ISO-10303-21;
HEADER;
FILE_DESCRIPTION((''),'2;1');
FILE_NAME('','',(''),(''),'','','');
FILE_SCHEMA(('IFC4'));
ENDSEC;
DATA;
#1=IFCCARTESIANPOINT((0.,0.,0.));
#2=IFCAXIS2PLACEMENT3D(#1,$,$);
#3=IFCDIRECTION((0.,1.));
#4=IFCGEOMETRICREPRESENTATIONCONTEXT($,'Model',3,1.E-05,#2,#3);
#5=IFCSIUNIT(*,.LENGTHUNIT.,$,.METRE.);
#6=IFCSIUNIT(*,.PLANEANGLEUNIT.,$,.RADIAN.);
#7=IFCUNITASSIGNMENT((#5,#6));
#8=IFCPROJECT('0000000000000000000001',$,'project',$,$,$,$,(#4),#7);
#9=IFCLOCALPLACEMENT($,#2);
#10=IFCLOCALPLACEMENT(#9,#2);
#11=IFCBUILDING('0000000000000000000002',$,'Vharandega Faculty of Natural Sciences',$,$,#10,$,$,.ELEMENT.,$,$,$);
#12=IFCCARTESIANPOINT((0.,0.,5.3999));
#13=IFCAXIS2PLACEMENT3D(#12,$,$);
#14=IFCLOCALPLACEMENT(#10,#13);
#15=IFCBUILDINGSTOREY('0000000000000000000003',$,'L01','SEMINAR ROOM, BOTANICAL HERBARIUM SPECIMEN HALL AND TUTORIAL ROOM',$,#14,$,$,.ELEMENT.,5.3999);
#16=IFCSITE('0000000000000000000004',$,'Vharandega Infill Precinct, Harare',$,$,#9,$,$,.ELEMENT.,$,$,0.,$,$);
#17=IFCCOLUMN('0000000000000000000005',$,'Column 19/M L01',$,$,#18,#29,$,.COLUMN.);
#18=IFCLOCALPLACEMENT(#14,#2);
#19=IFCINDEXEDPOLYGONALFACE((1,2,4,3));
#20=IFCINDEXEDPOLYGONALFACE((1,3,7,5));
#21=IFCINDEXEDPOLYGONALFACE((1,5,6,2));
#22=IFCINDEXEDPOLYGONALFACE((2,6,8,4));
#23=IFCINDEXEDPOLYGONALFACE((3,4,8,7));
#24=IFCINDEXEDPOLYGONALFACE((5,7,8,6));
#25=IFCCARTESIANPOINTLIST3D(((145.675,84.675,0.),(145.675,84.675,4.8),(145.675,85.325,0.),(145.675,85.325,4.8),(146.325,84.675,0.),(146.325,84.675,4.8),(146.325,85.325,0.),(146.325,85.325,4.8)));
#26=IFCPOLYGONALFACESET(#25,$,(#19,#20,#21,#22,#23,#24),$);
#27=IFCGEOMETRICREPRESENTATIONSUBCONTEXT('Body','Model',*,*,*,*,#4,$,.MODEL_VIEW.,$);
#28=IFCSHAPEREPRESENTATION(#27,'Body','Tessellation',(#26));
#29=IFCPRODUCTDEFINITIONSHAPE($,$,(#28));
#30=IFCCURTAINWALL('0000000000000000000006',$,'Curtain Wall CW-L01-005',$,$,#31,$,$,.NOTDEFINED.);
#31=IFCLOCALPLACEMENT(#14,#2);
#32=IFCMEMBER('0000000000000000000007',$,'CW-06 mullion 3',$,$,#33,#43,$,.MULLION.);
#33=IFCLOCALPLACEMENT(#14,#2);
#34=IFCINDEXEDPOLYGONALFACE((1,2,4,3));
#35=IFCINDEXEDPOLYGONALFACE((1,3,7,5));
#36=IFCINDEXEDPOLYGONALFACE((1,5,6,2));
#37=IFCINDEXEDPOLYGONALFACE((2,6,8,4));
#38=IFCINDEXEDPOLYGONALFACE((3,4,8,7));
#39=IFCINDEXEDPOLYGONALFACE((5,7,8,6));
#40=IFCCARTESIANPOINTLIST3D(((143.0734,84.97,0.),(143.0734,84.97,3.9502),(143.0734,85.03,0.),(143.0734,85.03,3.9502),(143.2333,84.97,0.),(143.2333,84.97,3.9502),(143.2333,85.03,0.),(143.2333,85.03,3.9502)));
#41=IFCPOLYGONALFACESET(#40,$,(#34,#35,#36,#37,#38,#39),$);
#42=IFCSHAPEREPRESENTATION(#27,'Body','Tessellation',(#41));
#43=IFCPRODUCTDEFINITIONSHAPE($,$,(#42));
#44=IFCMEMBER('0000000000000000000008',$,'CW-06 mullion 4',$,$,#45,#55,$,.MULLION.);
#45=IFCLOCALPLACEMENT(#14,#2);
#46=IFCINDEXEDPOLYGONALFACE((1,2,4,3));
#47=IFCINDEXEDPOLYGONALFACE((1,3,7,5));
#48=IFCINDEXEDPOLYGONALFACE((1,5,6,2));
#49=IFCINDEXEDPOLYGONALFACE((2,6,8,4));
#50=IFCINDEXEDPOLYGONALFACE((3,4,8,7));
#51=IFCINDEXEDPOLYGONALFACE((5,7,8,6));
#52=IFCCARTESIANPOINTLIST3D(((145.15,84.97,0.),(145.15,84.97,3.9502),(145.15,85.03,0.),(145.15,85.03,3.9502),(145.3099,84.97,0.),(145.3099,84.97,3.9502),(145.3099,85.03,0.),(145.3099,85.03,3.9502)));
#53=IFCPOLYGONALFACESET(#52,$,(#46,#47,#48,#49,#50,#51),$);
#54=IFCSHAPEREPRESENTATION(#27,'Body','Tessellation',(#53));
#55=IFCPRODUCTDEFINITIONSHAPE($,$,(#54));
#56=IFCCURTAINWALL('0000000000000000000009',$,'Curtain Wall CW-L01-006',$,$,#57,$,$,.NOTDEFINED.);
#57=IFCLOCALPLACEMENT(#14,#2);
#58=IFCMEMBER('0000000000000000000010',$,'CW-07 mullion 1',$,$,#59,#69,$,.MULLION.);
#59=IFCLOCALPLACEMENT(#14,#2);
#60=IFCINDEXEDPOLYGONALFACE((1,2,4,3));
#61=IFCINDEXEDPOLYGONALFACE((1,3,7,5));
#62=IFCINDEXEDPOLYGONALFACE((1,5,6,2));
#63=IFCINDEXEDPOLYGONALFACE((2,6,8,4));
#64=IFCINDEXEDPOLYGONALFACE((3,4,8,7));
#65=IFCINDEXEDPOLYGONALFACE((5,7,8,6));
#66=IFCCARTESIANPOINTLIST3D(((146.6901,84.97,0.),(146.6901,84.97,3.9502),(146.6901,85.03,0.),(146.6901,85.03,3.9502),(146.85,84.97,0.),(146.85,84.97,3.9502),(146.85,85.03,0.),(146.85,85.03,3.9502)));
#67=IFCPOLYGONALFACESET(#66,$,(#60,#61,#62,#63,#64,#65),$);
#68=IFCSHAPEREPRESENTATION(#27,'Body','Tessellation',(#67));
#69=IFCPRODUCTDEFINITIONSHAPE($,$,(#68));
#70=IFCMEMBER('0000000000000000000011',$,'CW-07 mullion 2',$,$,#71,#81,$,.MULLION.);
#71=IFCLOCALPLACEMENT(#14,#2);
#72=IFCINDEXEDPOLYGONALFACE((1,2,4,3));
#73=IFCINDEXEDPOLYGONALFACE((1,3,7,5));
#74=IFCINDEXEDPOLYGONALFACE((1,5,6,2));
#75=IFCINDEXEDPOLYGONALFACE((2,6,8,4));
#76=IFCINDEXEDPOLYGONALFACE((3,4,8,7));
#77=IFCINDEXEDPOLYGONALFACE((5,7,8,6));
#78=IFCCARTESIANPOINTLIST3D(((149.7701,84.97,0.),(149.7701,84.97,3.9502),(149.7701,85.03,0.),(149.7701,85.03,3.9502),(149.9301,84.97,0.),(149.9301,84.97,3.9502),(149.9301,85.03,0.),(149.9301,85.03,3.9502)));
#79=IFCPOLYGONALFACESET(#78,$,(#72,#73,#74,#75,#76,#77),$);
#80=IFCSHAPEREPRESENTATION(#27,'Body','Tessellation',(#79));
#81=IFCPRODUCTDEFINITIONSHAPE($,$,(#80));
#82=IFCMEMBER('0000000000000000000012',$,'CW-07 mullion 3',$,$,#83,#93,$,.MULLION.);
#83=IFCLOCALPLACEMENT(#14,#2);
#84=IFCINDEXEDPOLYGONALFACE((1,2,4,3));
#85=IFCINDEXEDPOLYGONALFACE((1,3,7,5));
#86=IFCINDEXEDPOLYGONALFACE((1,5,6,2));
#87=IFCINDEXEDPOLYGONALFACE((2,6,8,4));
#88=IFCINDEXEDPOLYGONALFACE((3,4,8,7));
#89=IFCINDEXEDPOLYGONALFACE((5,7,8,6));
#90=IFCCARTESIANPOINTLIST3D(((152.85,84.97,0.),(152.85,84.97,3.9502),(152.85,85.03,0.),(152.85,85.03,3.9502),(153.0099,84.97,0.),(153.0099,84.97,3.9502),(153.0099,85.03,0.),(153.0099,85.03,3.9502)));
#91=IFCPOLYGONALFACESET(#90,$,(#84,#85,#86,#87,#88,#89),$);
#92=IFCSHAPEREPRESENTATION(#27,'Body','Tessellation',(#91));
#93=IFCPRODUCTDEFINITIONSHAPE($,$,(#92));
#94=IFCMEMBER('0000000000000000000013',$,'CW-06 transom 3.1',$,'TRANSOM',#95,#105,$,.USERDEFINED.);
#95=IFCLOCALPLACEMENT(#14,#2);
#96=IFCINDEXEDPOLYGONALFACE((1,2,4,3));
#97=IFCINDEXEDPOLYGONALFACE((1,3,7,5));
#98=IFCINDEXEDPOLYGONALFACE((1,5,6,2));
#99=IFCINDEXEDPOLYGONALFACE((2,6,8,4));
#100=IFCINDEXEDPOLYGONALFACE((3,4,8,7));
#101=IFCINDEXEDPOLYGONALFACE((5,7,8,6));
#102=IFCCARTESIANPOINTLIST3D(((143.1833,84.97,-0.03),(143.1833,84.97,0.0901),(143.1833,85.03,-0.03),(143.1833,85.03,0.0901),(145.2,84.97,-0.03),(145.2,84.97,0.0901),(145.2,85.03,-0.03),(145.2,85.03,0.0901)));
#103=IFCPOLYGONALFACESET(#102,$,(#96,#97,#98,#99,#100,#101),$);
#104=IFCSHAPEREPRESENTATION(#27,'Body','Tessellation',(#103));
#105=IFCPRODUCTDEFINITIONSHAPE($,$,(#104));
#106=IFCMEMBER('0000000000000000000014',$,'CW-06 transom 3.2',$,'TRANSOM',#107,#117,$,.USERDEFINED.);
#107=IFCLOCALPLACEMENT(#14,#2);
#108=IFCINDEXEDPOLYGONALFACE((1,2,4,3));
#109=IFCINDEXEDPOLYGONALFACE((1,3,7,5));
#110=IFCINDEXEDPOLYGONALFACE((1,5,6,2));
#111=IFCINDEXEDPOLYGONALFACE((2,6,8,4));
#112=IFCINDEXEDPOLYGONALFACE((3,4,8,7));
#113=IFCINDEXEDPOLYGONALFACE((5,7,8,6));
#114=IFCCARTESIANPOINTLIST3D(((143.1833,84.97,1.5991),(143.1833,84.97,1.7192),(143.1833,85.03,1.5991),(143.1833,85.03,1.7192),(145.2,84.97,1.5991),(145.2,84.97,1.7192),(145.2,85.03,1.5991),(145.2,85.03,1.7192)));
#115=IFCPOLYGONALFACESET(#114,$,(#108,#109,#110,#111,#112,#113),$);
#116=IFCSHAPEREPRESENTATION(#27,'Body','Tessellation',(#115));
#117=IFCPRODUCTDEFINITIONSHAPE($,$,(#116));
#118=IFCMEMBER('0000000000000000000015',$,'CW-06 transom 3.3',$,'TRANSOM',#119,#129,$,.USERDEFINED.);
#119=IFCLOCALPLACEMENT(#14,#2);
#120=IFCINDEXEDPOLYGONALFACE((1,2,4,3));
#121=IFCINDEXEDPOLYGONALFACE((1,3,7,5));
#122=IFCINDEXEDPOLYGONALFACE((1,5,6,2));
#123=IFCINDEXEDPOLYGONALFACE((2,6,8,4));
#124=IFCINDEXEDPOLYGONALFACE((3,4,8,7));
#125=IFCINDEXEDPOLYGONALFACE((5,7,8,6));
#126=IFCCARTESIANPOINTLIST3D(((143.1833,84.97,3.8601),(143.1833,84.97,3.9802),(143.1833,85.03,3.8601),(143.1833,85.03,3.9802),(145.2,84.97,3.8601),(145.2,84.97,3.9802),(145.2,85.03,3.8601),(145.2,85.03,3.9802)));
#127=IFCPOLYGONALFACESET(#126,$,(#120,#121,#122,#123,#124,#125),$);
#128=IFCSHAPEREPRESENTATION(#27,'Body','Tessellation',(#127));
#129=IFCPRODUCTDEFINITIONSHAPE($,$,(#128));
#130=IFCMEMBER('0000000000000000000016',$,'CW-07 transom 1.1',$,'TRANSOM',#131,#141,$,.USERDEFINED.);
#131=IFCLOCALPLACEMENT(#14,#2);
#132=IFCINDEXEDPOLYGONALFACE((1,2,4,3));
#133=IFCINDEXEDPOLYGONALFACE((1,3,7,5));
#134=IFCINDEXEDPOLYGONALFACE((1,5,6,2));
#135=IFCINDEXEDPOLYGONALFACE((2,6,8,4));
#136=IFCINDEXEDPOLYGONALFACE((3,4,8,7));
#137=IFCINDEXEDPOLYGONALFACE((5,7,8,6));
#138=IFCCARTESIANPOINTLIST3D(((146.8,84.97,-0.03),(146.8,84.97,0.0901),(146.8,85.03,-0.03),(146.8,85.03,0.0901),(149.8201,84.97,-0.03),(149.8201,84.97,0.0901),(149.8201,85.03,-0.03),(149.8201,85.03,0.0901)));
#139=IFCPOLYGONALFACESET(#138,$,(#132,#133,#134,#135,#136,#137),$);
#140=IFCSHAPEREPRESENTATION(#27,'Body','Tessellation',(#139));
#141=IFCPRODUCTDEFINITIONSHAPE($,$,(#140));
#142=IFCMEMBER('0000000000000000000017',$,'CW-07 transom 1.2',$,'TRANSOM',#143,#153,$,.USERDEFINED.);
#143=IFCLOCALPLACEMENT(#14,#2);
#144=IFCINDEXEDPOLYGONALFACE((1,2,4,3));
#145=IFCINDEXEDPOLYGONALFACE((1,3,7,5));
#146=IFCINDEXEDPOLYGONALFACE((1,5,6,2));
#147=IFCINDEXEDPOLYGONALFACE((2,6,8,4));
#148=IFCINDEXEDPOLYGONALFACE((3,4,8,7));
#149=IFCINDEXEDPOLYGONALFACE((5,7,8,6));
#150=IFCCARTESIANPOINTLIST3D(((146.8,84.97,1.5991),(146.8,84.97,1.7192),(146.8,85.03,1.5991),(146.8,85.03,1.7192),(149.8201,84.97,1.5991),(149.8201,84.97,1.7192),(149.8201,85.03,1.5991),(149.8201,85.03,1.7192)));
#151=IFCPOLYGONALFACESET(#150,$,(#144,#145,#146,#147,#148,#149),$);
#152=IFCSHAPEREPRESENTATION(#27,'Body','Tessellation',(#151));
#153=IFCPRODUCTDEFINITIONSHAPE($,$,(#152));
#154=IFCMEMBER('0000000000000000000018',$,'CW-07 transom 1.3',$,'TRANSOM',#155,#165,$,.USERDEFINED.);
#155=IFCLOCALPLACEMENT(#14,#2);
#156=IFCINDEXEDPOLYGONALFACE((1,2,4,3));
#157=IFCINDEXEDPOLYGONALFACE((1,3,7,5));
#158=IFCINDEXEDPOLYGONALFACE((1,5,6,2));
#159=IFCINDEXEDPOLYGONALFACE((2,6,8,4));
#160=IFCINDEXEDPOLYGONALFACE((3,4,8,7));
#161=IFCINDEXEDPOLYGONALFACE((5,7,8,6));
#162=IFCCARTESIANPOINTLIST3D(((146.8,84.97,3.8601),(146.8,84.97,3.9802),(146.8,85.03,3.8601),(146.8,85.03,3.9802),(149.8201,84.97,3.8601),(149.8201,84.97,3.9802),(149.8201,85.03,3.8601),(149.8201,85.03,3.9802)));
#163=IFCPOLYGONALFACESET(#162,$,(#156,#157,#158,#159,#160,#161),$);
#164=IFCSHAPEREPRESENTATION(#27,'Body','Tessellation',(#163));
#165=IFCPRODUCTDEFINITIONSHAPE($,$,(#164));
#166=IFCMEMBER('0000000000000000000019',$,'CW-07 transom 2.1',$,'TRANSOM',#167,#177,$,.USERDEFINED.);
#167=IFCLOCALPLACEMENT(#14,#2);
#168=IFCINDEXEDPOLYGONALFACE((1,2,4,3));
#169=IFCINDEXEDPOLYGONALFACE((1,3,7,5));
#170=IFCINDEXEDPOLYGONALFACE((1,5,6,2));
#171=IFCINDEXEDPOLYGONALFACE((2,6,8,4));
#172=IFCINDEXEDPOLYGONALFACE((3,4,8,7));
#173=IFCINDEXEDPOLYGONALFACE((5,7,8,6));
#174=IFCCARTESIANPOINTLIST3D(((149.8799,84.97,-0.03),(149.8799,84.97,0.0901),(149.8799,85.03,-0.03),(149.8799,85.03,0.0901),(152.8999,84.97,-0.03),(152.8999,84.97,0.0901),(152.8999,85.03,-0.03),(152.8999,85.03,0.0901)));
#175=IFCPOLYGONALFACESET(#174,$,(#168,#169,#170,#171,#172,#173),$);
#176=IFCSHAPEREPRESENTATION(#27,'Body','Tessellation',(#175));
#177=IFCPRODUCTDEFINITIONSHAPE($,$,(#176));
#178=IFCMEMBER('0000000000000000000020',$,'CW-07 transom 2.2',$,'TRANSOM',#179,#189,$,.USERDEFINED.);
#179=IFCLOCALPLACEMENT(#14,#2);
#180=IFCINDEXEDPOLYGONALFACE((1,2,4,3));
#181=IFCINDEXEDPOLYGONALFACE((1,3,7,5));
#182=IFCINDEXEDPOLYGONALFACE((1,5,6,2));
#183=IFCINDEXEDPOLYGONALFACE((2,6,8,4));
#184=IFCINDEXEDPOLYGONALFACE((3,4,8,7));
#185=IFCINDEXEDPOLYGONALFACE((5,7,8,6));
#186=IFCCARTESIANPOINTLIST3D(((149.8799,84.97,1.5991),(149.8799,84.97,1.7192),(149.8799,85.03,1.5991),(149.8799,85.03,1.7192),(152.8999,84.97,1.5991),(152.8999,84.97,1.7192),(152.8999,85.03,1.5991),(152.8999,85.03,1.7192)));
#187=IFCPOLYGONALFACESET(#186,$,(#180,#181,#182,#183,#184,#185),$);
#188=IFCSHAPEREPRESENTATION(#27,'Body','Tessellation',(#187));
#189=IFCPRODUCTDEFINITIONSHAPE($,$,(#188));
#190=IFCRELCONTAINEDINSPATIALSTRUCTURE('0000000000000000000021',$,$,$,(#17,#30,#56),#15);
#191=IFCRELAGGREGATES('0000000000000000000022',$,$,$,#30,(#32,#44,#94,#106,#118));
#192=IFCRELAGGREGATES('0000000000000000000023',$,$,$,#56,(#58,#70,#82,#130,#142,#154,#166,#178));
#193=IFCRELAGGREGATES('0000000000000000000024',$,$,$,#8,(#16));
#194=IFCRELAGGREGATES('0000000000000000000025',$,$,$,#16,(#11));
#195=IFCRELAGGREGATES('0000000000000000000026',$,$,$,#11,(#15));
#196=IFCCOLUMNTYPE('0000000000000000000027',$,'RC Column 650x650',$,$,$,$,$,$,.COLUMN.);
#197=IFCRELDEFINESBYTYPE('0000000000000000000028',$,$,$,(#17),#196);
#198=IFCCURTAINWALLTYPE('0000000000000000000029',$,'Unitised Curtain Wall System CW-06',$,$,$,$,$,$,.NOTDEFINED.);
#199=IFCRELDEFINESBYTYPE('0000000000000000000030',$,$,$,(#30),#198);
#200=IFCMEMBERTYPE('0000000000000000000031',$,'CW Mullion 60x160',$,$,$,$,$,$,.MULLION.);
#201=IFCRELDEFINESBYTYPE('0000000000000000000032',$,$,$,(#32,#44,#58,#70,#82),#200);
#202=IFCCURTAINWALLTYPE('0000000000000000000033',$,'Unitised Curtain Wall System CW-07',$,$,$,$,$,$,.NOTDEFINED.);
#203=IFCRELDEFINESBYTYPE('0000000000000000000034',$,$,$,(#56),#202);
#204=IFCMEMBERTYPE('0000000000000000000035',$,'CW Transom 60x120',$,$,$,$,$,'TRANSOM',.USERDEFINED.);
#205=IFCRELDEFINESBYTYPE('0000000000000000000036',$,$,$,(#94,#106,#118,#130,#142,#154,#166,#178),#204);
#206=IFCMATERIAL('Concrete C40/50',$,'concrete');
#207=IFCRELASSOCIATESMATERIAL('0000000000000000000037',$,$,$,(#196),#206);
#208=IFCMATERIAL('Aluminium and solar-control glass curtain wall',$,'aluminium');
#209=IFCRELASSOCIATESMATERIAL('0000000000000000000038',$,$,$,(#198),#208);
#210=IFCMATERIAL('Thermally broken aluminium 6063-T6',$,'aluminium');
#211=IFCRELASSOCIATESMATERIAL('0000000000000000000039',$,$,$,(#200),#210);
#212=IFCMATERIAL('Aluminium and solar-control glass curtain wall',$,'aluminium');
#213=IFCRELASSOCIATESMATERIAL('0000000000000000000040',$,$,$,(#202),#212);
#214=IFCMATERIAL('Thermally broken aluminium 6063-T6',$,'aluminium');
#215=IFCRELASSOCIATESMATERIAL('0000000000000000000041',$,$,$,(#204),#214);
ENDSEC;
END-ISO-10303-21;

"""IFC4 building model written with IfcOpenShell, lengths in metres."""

from ifc_helpers import new_model, si_unit, direction, frame, origin, origin_2d, place, context, subcontext, project, spatial, rectangle, extrude, material, material_profile, profile_set, type_object, element, aggregate, save


model = new_model("IFC4")

# Units and contexts
model_context = context("Model", 3, precision=1e-05, world=origin(), true_north=direction((0.0, 1.0)))
body_context = subcontext(model_context, "Body", "Model", "MODEL_VIEW")
ifc_project = project(units=[si_unit("LENGTHUNIT", "METRE"), si_unit("PLANEANGLEUNIT", "RADIAN")], contexts=[model_context])

# Site, building, storey
site_placement = place(None, origin())
site = spatial("IfcSite", under=ifc_project, at=site_placement, Name="Vharandega Infill Precinct, Harare", CompositionType="ELEMENT", RefElevation=0.0)
building_placement = place(site_placement, origin())
building = spatial("IfcBuilding", under=site, at=building_placement, Name="Vharandega Faculty of Natural Sciences", CompositionType="ELEMENT")
storey_placement = place(building_placement, frame((0.0, 0.0, 5.3999)))
storey = spatial("IfcBuildingStorey", under=building, at=storey_placement, Name="L01", Description="SEMINAR ROOM, BOTANICAL HERBARIUM SPECIMEN HALL AND TUTORIAL ROOM", CompositionType="ELEMENT", Elevation=5.3999)

# Column
ifc_material_1 = material(Name="Concrete C40/50", Category="concrete")
ifc_material_profile_1 = material_profile(ifc_material_1, rectangle(XDim=0.6499, YDim=0.6499, at=origin_2d()), Name="RC 650x650")
ifc_profile_set_1 = profile_set([ifc_material_profile_1], Name="Concrete C40/50")
column_type = type_object("IfcColumnType", Name="RC Column 650x650", PredefinedType="COLUMN", material=ifc_profile_set_1)
column_placement = place(storey_placement, frame((146.0, 85.0, 0.0), z_axis=(0.0, 0.0, 1.0), x_axis=(1.0, 0.0, 0.0)))
element("IfcColumn", 1, at=column_placement, inside=storey, type_object=column_type, Name="Column 19/M L01", PredefinedType="COLUMN", context=body_context, shape_type="SweptSolid", body=[
    extrude(rectangle(XDim=0.6499, YDim=0.6499, at=origin_2d()), origin(), (0.0, 0.0, 1.0), 4.8),
])

# Curtain walls, members
ifc_material_2 = material(Name="Aluminium and solar-control glass curtain wall", Category="aluminium")
curtain_wall_type_1 = type_object("IfcCurtainWallType", Name="Unitised Curtain Wall System CW-06", PredefinedType="NOTDEFINED", material=ifc_material_2)
curtain_wall_1_placement = place(storey_placement, origin())
curtain_wall_1 = element("IfcCurtainWall", 2, at=curtain_wall_1_placement, inside=storey, type_object=curtain_wall_type_1, Name="Curtain Wall CW-L01-005", PredefinedType="NOTDEFINED")
ifc_material_3 = material(Name="Thermally broken aluminium 6063-T6", Category="aluminium")
ifc_material_profile_2 = material_profile(ifc_material_3, rectangle(XDim=0.0601, YDim=0.1599, at=origin_2d()), Name="ALU 60x160")
ifc_profile_set_2 = profile_set([ifc_material_profile_2], Name="Thermally broken aluminium 6063-T6")
member_type_1 = type_object("IfcMemberType", Name="CW Mullion 60x160", PredefinedType="MULLION", material=ifc_profile_set_2)
member_1_placement = place(storey_placement, frame((143.1533, 85.0, 0.0), z_axis=(0.0, 0.0, 1.0), x_axis=(0.0, 1.0, 0.0)))
member_1 = element("IfcMember", 3, at=member_1_placement, type_object=member_type_1, Name="CW-06 mullion 3", PredefinedType="MULLION", context=body_context, shape_type="SweptSolid", body=[
    extrude(rectangle(XDim=0.0601, YDim=0.1599, at=origin_2d()), origin(), (0.0, 0.0, 1.0), 3.9502),
])
member_2_placement = place(storey_placement, frame((145.23, 85.0, 0.0), z_axis=(0.0, 0.0, 1.0), x_axis=(0.0, 1.0, 0.0)))
member_2 = element("IfcMember", 4, at=member_2_placement, type_object=member_type_1, Name="CW-06 mullion 4", PredefinedType="MULLION", context=body_context, shape_type="SweptSolid", body=[
    extrude(rectangle(XDim=0.0601, YDim=0.1599, at=origin_2d()), origin(), (0.0, 0.0, 1.0), 3.9502),
])
ifc_material_4 = material(Name="Aluminium and solar-control glass curtain wall", Category="aluminium")
curtain_wall_type_2 = type_object("IfcCurtainWallType", Name="Unitised Curtain Wall System CW-07", PredefinedType="NOTDEFINED", material=ifc_material_4)
curtain_wall_2_placement = place(storey_placement, origin())
curtain_wall_2 = element("IfcCurtainWall", 5, at=curtain_wall_2_placement, inside=storey, type_object=curtain_wall_type_2, Name="Curtain Wall CW-L01-006", PredefinedType="NOTDEFINED")
member_3_placement = place(storey_placement, frame((146.77, 85.0, 0.0), z_axis=(0.0, 0.0, 1.0), x_axis=(0.0, 1.0, 0.0)))
member_3 = element("IfcMember", 6, at=member_3_placement, type_object=member_type_1, Name="CW-07 mullion 1", PredefinedType="MULLION", context=body_context, shape_type="SweptSolid", body=[
    extrude(rectangle(XDim=0.0601, YDim=0.1599, at=origin_2d()), origin(), (0.0, 0.0, 1.0), 3.9502),
])
member_4_placement = place(storey_placement, frame((149.8501, 85.0, 0.0), z_axis=(0.0, 0.0, 1.0), x_axis=(0.0, 1.0, 0.0)))
member_4 = element("IfcMember", 7, at=member_4_placement, type_object=member_type_1, Name="CW-07 mullion 2", PredefinedType="MULLION", context=body_context, shape_type="SweptSolid", body=[
    extrude(rectangle(XDim=0.0601, YDim=0.1599, at=origin_2d()), origin(), (0.0, 0.0, 1.0), 3.9502),
])
member_5_placement = place(storey_placement, frame((152.9299, 85.0, 0.0), z_axis=(0.0, 0.0, 1.0), x_axis=(0.0, 1.0, 0.0)))
member_5 = element("IfcMember", 8, at=member_5_placement, type_object=member_type_1, Name="CW-07 mullion 3", PredefinedType="MULLION", context=body_context, shape_type="SweptSolid", body=[
    extrude(rectangle(XDim=0.0601, YDim=0.1599, at=origin_2d()), origin(), (0.0, 0.0, 1.0), 3.9502),
])

# Members
ifc_material_5 = material(Name="Thermally broken aluminium 6063-T6", Category="aluminium")
ifc_material_profile_3 = material_profile(ifc_material_5, rectangle(XDim=0.0601, YDim=0.1201, at=origin_2d()), Name="ALU 60x120")
ifc_profile_set_3 = profile_set([ifc_material_profile_3], Name="Thermally broken aluminium 6063-T6")
member_type_2 = type_object("IfcMemberType", Name="CW Transom 60x120", ElementType="TRANSOM", PredefinedType="USERDEFINED", material=ifc_profile_set_3)
member_6_placement = place(storey_placement, frame((143.1833, 85.0, 0.03), z_axis=(1.0, 0.0, 0.0), x_axis=(0.0, 1.0, 0.0)))
member_6 = element("IfcMember", 9, at=member_6_placement, type_object=member_type_2, Name="CW-06 transom 3.1", ObjectType="TRANSOM", PredefinedType="USERDEFINED", context=body_context, shape_type="SweptSolid", body=[
    extrude(rectangle(XDim=0.0601, YDim=0.1201, at=origin_2d()), origin(), (0.0, 0.0, 1.0), 2.0166),
])
member_7_placement = place(storey_placement, frame((143.1833, 85.0, 1.6592), z_axis=(1.0, 0.0, 0.0), x_axis=(0.0, 1.0, 0.0)))
member_7 = element("IfcMember", 10, at=member_7_placement, type_object=member_type_2, Name="CW-06 transom 3.2", ObjectType="TRANSOM", PredefinedType="USERDEFINED", context=body_context, shape_type="SweptSolid", body=[
    extrude(rectangle(XDim=0.0601, YDim=0.1201, at=origin_2d()), origin(), (0.0, 0.0, 1.0), 2.0166),
])
member_8_placement = place(storey_placement, frame((143.1833, 85.0, 3.9202), z_axis=(1.0, 0.0, 0.0), x_axis=(0.0, 1.0, 0.0)))
member_8 = element("IfcMember", 11, at=member_8_placement, type_object=member_type_2, Name="CW-06 transom 3.3", ObjectType="TRANSOM", PredefinedType="USERDEFINED", context=body_context, shape_type="SweptSolid", body=[
    extrude(rectangle(XDim=0.0601, YDim=0.1201, at=origin_2d()), origin(), (0.0, 0.0, 1.0), 2.0166),
])
member_9_placement = place(storey_placement, frame((146.8, 85.0, 0.03), z_axis=(1.0, 0.0, 0.0), x_axis=(0.0, 1.0, 0.0)))
member_9 = element("IfcMember", 12, at=member_9_placement, type_object=member_type_2, Name="CW-07 transom 1.1", ObjectType="TRANSOM", PredefinedType="USERDEFINED", context=body_context, shape_type="SweptSolid", body=[
    extrude(rectangle(XDim=0.0601, YDim=0.1201, at=origin_2d()), origin(), (0.0, 0.0, 1.0), 3.02),
])
member_10_placement = place(storey_placement, frame((146.8, 85.0, 1.6592), z_axis=(1.0, 0.0, 0.0), x_axis=(0.0, 1.0, 0.0)))
member_10 = element("IfcMember", 13, at=member_10_placement, type_object=member_type_2, Name="CW-07 transom 1.2", ObjectType="TRANSOM", PredefinedType="USERDEFINED", context=body_context, shape_type="SweptSolid", body=[
    extrude(rectangle(XDim=0.0601, YDim=0.1201, at=origin_2d()), origin(), (0.0, 0.0, 1.0), 3.02),
])
member_11_placement = place(storey_placement, frame((146.8, 85.0, 3.9202), z_axis=(1.0, 0.0, 0.0), x_axis=(0.0, 1.0, 0.0)))
member_11 = element("IfcMember", 14, at=member_11_placement, type_object=member_type_2, Name="CW-07 transom 1.3", ObjectType="TRANSOM", PredefinedType="USERDEFINED", context=body_context, shape_type="SweptSolid", body=[
    extrude(rectangle(XDim=0.0601, YDim=0.1201, at=origin_2d()), origin(), (0.0, 0.0, 1.0), 3.02),
])
member_12_placement = place(storey_placement, frame((149.8799, 85.0, 0.03), z_axis=(1.0, 0.0, 0.0), x_axis=(0.0, 1.0, 0.0)))
member_12 = element("IfcMember", 15, at=member_12_placement, type_object=member_type_2, Name="CW-07 transom 2.1", ObjectType="TRANSOM", PredefinedType="USERDEFINED", context=body_context, shape_type="SweptSolid", body=[
    extrude(rectangle(XDim=0.0601, YDim=0.1201, at=origin_2d()), origin(), (0.0, 0.0, 1.0), 3.02),
])
member_13_placement = place(storey_placement, frame((149.8799, 85.0, 1.6592), z_axis=(1.0, 0.0, 0.0), x_axis=(0.0, 1.0, 0.0)))
member_13 = element("IfcMember", 16, at=member_13_placement, type_object=member_type_2, Name="CW-07 transom 2.2", ObjectType="TRANSOM", PredefinedType="USERDEFINED", context=body_context, shape_type="SweptSolid", body=[
    extrude(rectangle(XDim=0.0601, YDim=0.1201, at=origin_2d()), origin(), (0.0, 0.0, 1.0), 3.02),
])

aggregate(curtain_wall_1, [member_1, member_2, member_6, member_7, member_8])
aggregate(curtain_wall_2, [member_3, member_4, member_5, member_9, member_10, member_11, member_12, member_13])

save(model, "model.ifc")
